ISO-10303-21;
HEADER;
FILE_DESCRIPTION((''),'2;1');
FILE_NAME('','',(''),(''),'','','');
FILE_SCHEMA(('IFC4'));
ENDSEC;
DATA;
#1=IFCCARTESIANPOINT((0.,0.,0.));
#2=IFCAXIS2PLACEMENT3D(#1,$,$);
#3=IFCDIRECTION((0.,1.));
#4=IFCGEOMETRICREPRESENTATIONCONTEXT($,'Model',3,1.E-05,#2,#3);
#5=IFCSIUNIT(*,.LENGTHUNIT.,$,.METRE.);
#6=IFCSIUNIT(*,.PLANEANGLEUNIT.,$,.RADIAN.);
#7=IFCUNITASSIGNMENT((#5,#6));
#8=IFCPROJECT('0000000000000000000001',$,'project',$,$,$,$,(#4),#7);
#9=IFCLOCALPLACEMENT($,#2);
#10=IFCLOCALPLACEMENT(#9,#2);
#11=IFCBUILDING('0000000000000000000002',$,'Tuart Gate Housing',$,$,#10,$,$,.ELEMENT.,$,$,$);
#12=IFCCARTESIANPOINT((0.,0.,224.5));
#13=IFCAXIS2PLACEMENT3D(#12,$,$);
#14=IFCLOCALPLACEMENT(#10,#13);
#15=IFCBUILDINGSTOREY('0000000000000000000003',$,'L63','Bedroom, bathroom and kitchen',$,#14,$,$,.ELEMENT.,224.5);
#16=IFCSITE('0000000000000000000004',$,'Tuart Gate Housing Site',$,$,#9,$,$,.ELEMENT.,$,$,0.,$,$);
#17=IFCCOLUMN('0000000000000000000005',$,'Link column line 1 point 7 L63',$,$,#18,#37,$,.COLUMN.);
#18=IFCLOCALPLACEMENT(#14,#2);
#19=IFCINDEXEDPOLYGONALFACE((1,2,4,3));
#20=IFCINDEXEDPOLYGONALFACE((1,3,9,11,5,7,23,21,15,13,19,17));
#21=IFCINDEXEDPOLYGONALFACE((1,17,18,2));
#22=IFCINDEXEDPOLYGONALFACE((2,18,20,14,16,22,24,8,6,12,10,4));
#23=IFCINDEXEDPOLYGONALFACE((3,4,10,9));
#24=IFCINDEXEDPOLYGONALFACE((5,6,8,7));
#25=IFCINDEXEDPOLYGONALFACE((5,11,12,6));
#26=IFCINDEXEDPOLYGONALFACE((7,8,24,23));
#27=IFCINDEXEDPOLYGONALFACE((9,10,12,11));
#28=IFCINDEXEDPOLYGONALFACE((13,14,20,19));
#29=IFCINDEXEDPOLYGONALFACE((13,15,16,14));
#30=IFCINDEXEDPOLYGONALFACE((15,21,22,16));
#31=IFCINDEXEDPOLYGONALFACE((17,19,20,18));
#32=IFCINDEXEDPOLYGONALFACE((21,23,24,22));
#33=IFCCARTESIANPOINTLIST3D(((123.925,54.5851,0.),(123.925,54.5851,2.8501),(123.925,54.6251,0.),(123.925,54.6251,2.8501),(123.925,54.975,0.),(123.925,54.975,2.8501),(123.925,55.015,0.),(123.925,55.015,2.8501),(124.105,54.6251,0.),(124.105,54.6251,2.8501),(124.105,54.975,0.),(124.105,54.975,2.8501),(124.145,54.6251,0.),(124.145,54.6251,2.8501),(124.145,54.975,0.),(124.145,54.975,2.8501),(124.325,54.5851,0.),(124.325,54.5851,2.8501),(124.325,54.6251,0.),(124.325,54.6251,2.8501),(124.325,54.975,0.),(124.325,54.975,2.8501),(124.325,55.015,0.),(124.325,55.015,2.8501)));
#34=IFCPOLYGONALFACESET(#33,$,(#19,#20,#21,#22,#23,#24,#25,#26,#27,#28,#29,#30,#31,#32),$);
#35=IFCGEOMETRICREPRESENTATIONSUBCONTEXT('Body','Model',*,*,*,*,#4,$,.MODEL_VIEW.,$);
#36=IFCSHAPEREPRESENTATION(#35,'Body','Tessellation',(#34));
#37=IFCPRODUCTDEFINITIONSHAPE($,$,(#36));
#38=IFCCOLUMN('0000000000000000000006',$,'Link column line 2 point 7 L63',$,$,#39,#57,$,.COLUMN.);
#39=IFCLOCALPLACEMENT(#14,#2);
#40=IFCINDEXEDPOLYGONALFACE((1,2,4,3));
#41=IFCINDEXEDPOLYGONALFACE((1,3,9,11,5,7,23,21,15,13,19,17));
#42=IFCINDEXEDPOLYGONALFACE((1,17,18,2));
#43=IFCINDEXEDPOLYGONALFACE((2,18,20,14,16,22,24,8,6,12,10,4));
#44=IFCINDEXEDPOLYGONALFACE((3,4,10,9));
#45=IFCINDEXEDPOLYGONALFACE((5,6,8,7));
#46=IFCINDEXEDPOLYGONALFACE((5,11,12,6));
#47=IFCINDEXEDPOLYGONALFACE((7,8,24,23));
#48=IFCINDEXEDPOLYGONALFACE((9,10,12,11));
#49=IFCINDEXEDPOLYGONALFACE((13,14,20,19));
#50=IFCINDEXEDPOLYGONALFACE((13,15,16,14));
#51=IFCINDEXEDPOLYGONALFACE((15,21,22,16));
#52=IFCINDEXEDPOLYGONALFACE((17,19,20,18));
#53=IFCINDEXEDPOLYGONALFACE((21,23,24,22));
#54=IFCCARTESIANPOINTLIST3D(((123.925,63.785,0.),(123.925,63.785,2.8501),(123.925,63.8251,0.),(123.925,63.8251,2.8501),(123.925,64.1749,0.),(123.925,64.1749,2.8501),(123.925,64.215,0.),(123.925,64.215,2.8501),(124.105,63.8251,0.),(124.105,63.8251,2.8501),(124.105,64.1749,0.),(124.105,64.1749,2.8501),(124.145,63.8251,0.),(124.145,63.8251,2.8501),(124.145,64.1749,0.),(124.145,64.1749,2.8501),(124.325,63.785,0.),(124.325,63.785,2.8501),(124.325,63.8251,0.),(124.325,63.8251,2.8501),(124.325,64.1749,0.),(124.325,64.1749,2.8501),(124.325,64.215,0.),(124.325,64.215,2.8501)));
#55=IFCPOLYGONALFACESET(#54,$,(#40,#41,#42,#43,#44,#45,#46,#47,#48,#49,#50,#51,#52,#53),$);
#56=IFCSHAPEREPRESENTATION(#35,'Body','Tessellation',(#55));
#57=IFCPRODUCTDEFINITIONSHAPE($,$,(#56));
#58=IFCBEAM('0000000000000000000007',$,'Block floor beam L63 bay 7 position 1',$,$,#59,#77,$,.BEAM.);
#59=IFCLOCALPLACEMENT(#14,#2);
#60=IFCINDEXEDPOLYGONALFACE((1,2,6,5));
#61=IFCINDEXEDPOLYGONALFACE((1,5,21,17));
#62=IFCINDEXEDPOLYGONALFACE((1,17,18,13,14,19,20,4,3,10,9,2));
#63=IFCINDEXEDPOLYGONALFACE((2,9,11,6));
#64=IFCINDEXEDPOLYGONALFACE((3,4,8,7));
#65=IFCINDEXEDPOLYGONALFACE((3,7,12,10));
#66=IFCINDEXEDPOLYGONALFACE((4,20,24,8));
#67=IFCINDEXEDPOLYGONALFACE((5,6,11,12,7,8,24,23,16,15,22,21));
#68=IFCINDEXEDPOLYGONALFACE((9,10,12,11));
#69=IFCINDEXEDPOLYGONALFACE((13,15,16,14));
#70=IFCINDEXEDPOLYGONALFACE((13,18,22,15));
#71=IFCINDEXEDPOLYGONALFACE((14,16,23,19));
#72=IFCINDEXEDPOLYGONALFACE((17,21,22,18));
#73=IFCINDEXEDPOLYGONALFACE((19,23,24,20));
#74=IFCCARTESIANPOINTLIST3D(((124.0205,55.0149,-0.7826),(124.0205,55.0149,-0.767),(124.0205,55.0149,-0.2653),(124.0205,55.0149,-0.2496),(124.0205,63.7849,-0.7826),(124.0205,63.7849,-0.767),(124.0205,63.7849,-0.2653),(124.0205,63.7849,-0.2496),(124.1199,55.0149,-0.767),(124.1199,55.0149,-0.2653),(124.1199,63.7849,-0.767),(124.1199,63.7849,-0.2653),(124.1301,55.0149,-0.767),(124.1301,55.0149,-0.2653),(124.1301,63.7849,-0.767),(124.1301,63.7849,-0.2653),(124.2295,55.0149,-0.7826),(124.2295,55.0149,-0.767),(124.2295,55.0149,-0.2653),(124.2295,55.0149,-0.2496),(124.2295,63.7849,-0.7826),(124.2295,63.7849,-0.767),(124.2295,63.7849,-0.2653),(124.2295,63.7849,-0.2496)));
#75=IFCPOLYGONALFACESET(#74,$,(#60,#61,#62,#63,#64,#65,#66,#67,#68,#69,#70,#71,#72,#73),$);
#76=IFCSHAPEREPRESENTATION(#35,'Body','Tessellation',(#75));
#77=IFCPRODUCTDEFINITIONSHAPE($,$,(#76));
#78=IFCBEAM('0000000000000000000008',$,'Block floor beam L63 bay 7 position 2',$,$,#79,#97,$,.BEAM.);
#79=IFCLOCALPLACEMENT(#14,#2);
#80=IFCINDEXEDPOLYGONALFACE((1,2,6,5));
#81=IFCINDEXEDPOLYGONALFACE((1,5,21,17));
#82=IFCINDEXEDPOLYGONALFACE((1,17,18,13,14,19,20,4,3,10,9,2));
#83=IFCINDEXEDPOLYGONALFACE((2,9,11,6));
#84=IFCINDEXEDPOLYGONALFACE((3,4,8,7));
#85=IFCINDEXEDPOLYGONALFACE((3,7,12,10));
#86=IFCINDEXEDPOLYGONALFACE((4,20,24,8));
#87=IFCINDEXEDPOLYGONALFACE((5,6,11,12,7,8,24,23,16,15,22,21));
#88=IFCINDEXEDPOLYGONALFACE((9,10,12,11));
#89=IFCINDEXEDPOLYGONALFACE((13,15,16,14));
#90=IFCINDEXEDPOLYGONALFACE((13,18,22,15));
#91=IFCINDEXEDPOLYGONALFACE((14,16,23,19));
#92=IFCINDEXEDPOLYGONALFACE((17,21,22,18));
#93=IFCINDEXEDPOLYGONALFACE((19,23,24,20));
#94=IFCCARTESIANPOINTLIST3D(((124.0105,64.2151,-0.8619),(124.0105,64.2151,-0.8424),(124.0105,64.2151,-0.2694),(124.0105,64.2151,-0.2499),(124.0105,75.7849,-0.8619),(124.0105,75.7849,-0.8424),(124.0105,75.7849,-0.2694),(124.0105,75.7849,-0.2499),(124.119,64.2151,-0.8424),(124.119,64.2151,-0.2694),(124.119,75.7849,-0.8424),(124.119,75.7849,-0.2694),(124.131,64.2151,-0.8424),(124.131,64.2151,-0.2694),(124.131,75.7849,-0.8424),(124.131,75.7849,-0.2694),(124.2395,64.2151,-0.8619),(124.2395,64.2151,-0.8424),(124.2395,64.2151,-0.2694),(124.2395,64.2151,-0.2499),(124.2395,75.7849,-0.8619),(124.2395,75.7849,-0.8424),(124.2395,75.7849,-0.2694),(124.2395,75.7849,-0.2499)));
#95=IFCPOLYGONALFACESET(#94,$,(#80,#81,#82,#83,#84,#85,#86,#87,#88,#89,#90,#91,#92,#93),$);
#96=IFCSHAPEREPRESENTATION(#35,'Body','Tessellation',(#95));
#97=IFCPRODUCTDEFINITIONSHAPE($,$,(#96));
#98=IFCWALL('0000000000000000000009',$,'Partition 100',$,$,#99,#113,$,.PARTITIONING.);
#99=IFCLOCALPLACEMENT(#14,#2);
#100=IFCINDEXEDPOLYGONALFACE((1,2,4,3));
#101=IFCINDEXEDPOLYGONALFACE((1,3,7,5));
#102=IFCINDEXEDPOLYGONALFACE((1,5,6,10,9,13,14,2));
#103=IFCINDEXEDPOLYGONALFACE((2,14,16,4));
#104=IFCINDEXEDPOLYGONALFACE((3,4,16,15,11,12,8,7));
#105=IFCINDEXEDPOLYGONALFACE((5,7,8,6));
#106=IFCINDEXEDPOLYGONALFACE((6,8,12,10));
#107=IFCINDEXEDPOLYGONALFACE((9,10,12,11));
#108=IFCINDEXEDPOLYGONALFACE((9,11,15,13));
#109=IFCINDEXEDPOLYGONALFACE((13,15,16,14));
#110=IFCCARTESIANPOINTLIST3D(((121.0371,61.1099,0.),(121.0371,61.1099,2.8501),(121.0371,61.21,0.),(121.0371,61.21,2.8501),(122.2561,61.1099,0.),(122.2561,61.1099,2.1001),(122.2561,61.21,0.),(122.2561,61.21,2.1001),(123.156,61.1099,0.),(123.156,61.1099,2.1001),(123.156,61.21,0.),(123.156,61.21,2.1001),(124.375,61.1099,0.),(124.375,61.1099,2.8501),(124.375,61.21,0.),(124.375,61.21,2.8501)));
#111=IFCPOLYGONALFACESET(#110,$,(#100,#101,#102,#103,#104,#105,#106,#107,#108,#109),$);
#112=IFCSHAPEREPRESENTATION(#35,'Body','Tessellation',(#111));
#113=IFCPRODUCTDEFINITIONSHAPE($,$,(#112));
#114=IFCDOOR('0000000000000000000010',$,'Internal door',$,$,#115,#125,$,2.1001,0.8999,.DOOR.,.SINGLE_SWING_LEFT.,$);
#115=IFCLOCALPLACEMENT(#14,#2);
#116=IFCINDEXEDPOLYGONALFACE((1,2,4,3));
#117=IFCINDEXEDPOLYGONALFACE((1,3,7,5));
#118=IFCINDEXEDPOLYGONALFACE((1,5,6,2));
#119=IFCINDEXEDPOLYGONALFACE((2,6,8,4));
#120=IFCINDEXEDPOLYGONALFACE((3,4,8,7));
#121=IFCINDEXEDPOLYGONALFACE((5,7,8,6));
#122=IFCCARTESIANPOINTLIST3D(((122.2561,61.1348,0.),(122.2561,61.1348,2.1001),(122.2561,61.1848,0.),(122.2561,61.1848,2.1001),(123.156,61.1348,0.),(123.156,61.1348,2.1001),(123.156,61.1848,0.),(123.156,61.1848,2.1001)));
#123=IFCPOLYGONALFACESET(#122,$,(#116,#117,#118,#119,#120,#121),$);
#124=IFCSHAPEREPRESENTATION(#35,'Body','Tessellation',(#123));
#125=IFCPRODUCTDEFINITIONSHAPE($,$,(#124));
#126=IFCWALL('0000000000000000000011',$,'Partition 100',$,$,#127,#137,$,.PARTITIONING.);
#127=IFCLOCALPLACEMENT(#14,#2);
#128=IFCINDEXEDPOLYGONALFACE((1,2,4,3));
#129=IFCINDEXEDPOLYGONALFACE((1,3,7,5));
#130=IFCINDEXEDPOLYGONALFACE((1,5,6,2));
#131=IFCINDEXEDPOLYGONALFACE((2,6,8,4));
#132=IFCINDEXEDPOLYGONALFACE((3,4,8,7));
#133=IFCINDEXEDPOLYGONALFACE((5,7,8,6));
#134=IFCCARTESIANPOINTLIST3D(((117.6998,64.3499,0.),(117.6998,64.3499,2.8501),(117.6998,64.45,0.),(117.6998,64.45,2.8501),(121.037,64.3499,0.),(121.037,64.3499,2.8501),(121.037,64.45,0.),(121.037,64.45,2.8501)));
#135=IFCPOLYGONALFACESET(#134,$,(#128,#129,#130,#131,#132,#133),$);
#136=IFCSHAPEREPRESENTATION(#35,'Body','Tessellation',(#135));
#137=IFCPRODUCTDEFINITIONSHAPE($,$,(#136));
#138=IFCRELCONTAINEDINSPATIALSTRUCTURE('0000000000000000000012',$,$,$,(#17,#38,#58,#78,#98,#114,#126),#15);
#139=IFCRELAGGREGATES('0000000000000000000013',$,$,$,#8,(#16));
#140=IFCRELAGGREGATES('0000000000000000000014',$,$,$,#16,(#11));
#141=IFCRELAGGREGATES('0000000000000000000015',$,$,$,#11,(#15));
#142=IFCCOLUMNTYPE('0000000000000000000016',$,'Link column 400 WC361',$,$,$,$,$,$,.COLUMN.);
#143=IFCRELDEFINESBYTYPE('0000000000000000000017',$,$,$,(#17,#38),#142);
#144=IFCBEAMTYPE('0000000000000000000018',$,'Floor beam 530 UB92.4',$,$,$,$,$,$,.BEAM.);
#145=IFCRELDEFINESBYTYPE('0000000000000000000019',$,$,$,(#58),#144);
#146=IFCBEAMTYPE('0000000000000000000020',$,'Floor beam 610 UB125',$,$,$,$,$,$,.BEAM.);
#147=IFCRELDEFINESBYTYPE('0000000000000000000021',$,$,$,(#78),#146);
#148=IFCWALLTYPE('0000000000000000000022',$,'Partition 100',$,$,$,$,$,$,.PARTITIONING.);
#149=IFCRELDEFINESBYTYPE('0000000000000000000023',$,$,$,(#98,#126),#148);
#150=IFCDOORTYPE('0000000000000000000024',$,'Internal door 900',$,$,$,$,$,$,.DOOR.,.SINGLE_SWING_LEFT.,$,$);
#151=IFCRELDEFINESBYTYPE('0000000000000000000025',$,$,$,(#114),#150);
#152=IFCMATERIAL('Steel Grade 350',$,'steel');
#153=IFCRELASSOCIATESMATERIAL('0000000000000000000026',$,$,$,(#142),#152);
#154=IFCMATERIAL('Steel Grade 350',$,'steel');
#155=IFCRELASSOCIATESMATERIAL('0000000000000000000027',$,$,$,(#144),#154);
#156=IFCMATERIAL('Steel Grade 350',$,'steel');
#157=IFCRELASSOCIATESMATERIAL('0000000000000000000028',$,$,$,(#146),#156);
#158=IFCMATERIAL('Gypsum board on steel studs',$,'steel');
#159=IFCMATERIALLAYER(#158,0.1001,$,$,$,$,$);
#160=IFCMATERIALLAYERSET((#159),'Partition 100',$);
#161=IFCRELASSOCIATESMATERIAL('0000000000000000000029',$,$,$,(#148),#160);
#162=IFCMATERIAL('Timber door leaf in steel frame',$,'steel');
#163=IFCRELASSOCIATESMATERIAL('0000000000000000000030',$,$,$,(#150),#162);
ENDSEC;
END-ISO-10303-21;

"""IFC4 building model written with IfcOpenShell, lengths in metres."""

from ifc_helpers import new_model, si_unit, direction, frame, frame_2d, origin, origin_2d, place, context, subcontext, project, spatial, rectangle, i_section, extrude, material, layer, layer_set, material_profile, profile_set, type_object, element, fill, save


model = new_model("IFC4")

# Units and contexts
model_context = context("Model", 3, precision=1e-05, world=origin(), true_north=direction((0.0, 1.0)))
body_context = subcontext(model_context, "Body", "Model", "MODEL_VIEW")
ifc_project = project(units=[si_unit("LENGTHUNIT", "METRE"), si_unit("PLANEANGLEUNIT", "RADIAN")], contexts=[model_context])

# Site, building, storey
site_placement = place(None, origin())
site = spatial("IfcSite", under=ifc_project, at=site_placement, Name="Tuart Gate Housing Site", CompositionType="ELEMENT", RefElevation=0.0)
building_placement = place(site_placement, origin())
building = spatial("IfcBuilding", under=site, at=building_placement, Name="Tuart Gate Housing", CompositionType="ELEMENT")
storey_placement = place(building_placement, frame((0.0, 0.0, 224.5)))
storey = spatial("IfcBuildingStorey", under=building, at=storey_placement, Name="L63", Description="Bedroom, bathroom and kitchen", CompositionType="ELEMENT", Elevation=224.5)

# Columns
ifc_material_1 = material(Name="Steel Grade 350", Category="steel")
ifc_material_profile_1 = material_profile(ifc_material_1, i_section(OverallWidth=0.3999, OverallDepth=0.4299, WebThickness=0.04, FlangeThickness=0.04, at=origin_2d()), Name="400WC361")
ifc_profile_set_1 = profile_set([ifc_material_profile_1], Name="Steel Grade 350")
column_type = type_object("IfcColumnType", Name="Link column 400 WC361", PredefinedType="COLUMN", material=ifc_profile_set_1)
for number, where, z_axis, x_axis, name in (
    (1, (124.125, 54.8, 0.0), (0.0, 0.0, 1.0), (1.0, 0.0, 0.0), "Link column line 1 point 7 L63"),
    (2, (124.125, 64.0, 0.0), (0.0, 0.0, 1.0), (1.0, 0.0, 0.0), "Link column line 2 point 7 L63"),
):
    element("IfcColumn", number, at=place(storey_placement, frame(where, z_axis=z_axis, x_axis=x_axis)), inside=storey, type_object=column_type, Name=name, PredefinedType="COLUMN", context=body_context, shape_type="SweptSolid", body=[
        extrude(i_section(OverallWidth=0.3999, OverallDepth=0.4299, WebThickness=0.04, FlangeThickness=0.04, at=origin_2d()), origin(), (0.0, 0.0, 1.0), 2.8501),
    ])

# Beams
ifc_material_2 = material(Name="Steel Grade 350", Category="steel")
ifc_material_profile_2 = material_profile(ifc_material_2, i_section(OverallWidth=0.209, OverallDepth=0.533, WebThickness=0.0103, FlangeThickness=0.0156, at=origin_2d()), Name="530UB92.4")
ifc_profile_set_2 = profile_set([ifc_material_profile_2], Name="Steel Grade 350")
beam_type_1 = type_object("IfcBeamType", Name="Floor beam 530 UB92.4", PredefinedType="BEAM", material=ifc_profile_set_2)
beam_1_placement = place(storey_placement, frame((124.125, 55.0149, -0.5161), z_axis=(0.0, 1.0, 0.0), x_axis=(-1.0, 0.0, 0.0)))
element("IfcBeam", 3, at=beam_1_placement, inside=storey, type_object=beam_type_1, Name="Block floor beam L63 bay 7 position 1", PredefinedType="BEAM", context=body_context, shape_type="SweptSolid", body=[
    extrude(i_section(OverallWidth=0.209, OverallDepth=0.533, WebThickness=0.0103, FlangeThickness=0.0156, at=origin_2d()), origin(), (0.0, 0.0, 1.0), 8.77),
])
ifc_material_3 = material(Name="Steel Grade 350", Category="steel")
ifc_material_profile_3 = material_profile(ifc_material_3, i_section(OverallWidth=0.229, OverallDepth=0.6121, WebThickness=0.012, FlangeThickness=0.0195, at=origin_2d()), Name="610UB125")
ifc_profile_set_3 = profile_set([ifc_material_profile_3], Name="Steel Grade 350")
beam_type_2 = type_object("IfcBeamType", Name="Floor beam 610 UB125", PredefinedType="BEAM", material=ifc_profile_set_3)
beam_2_placement = place(storey_placement, frame((124.125, 64.2151, -0.5559), z_axis=(0.0, 1.0, 0.0), x_axis=(-1.0, 0.0, 0.0)))
element("IfcBeam", 4, at=beam_2_placement, inside=storey, type_object=beam_type_2, Name="Block floor beam L63 bay 7 position 2", PredefinedType="BEAM", context=body_context, shape_type="SweptSolid", body=[
    extrude(i_section(OverallWidth=0.229, OverallDepth=0.6121, WebThickness=0.012, FlangeThickness=0.0195, at=origin_2d()), origin(), (0.0, 0.0, 1.0), 11.5698),
])

# Wall, opening, door
ifc_material_4 = material(Name="Gypsum board on steel studs", Category="steel")
ifc_layer_1 = layer(ifc_material_4, 0.1001)
ifc_layer_set_1 = layer_set([ifc_layer_1], Name="Partition 100")
wall_type_1 = type_object("IfcWallType", Name="Partition 100", PredefinedType="PARTITIONING", material=ifc_layer_set_1)
wall_1_placement = place(storey_placement, frame((121.0371, 61.1599, 0.0), z_axis=(0.0, 0.0, 1.0), x_axis=(1.0, 0.0, 0.0)))
wall_1 = element("IfcWall", 5, at=wall_1_placement, inside=storey, type_object=wall_type_1, Name="Partition 100", PredefinedType="PARTITIONING", context=body_context, shape_type="SweptSolid", body=[
    extrude(rectangle(XDim=3.3379, YDim=0.1001, at=frame_2d((1.6689, 0.0))), origin(), (0.0, 0.0, 1.0), 2.8501),
])
opening_1_placement = place(wall_1_placement, frame((1.219, 0.0, 0.0)))
opening_1 = element("IfcOpeningElement", 6, at=opening_1_placement, cuts=wall_1, PredefinedType="OPENING", context=body_context, shape_type="SweptSolid", body=[
    extrude(rectangle(XDim=0.8999, YDim=2.1001, at=frame_2d((0.45, 1.05))), frame((0.0, 0.0601, 0.0), z_axis=(0.0, -1.0, 0.0), x_axis=(1.0, 0.0, 0.0)), (0.0, 0.0, 1.0), 0.1201),
])
ifc_material_5 = material(Name="Timber door leaf in steel frame", Category="steel")
door_type_1 = type_object("IfcDoorType", Name="Internal door 900", OperationType="SINGLE_SWING_LEFT", PredefinedType="DOOR", material=ifc_material_5)
door_1_placement = place(opening_1_placement, origin())
door_1 = element("IfcDoor", 7, at=door_1_placement, inside=storey, type_object=door_type_1, Name="Internal door", OperationType="SINGLE_SWING_LEFT", OverallHeight=2.1001, OverallWidth=0.8999, PredefinedType="DOOR", context=body_context, shape_type="SweptSolid", body=[
    extrude(rectangle(XDim=0.8999, YDim=2.1001, at=frame_2d((0.45, 1.05))), frame((0.0, 0.0249, 0.0), z_axis=(0.0, -1.0, 0.0), x_axis=(1.0, 0.0, 0.0)), (0.0, 0.0, 1.0), 0.05),
])
fill(opening_1, door_1)

# Wall
wall_2_placement = place(storey_placement, frame((117.7, 64.3999, 0.0), z_axis=(0.0, 0.0, 1.0), x_axis=(1.0, 0.0, 0.0)))
element("IfcWall", 8, at=wall_2_placement, inside=storey, type_object=wall_type_1, Name="Partition 100", PredefinedType="PARTITIONING", context=body_context, shape_type="SweptSolid", body=[
    extrude(rectangle(XDim=3.3372, YDim=0.1001, at=frame_2d((1.6685, 0.0))), origin(), (0.0, 0.0, 1.0), 2.8501),
])

save(model, "model.ifc")
